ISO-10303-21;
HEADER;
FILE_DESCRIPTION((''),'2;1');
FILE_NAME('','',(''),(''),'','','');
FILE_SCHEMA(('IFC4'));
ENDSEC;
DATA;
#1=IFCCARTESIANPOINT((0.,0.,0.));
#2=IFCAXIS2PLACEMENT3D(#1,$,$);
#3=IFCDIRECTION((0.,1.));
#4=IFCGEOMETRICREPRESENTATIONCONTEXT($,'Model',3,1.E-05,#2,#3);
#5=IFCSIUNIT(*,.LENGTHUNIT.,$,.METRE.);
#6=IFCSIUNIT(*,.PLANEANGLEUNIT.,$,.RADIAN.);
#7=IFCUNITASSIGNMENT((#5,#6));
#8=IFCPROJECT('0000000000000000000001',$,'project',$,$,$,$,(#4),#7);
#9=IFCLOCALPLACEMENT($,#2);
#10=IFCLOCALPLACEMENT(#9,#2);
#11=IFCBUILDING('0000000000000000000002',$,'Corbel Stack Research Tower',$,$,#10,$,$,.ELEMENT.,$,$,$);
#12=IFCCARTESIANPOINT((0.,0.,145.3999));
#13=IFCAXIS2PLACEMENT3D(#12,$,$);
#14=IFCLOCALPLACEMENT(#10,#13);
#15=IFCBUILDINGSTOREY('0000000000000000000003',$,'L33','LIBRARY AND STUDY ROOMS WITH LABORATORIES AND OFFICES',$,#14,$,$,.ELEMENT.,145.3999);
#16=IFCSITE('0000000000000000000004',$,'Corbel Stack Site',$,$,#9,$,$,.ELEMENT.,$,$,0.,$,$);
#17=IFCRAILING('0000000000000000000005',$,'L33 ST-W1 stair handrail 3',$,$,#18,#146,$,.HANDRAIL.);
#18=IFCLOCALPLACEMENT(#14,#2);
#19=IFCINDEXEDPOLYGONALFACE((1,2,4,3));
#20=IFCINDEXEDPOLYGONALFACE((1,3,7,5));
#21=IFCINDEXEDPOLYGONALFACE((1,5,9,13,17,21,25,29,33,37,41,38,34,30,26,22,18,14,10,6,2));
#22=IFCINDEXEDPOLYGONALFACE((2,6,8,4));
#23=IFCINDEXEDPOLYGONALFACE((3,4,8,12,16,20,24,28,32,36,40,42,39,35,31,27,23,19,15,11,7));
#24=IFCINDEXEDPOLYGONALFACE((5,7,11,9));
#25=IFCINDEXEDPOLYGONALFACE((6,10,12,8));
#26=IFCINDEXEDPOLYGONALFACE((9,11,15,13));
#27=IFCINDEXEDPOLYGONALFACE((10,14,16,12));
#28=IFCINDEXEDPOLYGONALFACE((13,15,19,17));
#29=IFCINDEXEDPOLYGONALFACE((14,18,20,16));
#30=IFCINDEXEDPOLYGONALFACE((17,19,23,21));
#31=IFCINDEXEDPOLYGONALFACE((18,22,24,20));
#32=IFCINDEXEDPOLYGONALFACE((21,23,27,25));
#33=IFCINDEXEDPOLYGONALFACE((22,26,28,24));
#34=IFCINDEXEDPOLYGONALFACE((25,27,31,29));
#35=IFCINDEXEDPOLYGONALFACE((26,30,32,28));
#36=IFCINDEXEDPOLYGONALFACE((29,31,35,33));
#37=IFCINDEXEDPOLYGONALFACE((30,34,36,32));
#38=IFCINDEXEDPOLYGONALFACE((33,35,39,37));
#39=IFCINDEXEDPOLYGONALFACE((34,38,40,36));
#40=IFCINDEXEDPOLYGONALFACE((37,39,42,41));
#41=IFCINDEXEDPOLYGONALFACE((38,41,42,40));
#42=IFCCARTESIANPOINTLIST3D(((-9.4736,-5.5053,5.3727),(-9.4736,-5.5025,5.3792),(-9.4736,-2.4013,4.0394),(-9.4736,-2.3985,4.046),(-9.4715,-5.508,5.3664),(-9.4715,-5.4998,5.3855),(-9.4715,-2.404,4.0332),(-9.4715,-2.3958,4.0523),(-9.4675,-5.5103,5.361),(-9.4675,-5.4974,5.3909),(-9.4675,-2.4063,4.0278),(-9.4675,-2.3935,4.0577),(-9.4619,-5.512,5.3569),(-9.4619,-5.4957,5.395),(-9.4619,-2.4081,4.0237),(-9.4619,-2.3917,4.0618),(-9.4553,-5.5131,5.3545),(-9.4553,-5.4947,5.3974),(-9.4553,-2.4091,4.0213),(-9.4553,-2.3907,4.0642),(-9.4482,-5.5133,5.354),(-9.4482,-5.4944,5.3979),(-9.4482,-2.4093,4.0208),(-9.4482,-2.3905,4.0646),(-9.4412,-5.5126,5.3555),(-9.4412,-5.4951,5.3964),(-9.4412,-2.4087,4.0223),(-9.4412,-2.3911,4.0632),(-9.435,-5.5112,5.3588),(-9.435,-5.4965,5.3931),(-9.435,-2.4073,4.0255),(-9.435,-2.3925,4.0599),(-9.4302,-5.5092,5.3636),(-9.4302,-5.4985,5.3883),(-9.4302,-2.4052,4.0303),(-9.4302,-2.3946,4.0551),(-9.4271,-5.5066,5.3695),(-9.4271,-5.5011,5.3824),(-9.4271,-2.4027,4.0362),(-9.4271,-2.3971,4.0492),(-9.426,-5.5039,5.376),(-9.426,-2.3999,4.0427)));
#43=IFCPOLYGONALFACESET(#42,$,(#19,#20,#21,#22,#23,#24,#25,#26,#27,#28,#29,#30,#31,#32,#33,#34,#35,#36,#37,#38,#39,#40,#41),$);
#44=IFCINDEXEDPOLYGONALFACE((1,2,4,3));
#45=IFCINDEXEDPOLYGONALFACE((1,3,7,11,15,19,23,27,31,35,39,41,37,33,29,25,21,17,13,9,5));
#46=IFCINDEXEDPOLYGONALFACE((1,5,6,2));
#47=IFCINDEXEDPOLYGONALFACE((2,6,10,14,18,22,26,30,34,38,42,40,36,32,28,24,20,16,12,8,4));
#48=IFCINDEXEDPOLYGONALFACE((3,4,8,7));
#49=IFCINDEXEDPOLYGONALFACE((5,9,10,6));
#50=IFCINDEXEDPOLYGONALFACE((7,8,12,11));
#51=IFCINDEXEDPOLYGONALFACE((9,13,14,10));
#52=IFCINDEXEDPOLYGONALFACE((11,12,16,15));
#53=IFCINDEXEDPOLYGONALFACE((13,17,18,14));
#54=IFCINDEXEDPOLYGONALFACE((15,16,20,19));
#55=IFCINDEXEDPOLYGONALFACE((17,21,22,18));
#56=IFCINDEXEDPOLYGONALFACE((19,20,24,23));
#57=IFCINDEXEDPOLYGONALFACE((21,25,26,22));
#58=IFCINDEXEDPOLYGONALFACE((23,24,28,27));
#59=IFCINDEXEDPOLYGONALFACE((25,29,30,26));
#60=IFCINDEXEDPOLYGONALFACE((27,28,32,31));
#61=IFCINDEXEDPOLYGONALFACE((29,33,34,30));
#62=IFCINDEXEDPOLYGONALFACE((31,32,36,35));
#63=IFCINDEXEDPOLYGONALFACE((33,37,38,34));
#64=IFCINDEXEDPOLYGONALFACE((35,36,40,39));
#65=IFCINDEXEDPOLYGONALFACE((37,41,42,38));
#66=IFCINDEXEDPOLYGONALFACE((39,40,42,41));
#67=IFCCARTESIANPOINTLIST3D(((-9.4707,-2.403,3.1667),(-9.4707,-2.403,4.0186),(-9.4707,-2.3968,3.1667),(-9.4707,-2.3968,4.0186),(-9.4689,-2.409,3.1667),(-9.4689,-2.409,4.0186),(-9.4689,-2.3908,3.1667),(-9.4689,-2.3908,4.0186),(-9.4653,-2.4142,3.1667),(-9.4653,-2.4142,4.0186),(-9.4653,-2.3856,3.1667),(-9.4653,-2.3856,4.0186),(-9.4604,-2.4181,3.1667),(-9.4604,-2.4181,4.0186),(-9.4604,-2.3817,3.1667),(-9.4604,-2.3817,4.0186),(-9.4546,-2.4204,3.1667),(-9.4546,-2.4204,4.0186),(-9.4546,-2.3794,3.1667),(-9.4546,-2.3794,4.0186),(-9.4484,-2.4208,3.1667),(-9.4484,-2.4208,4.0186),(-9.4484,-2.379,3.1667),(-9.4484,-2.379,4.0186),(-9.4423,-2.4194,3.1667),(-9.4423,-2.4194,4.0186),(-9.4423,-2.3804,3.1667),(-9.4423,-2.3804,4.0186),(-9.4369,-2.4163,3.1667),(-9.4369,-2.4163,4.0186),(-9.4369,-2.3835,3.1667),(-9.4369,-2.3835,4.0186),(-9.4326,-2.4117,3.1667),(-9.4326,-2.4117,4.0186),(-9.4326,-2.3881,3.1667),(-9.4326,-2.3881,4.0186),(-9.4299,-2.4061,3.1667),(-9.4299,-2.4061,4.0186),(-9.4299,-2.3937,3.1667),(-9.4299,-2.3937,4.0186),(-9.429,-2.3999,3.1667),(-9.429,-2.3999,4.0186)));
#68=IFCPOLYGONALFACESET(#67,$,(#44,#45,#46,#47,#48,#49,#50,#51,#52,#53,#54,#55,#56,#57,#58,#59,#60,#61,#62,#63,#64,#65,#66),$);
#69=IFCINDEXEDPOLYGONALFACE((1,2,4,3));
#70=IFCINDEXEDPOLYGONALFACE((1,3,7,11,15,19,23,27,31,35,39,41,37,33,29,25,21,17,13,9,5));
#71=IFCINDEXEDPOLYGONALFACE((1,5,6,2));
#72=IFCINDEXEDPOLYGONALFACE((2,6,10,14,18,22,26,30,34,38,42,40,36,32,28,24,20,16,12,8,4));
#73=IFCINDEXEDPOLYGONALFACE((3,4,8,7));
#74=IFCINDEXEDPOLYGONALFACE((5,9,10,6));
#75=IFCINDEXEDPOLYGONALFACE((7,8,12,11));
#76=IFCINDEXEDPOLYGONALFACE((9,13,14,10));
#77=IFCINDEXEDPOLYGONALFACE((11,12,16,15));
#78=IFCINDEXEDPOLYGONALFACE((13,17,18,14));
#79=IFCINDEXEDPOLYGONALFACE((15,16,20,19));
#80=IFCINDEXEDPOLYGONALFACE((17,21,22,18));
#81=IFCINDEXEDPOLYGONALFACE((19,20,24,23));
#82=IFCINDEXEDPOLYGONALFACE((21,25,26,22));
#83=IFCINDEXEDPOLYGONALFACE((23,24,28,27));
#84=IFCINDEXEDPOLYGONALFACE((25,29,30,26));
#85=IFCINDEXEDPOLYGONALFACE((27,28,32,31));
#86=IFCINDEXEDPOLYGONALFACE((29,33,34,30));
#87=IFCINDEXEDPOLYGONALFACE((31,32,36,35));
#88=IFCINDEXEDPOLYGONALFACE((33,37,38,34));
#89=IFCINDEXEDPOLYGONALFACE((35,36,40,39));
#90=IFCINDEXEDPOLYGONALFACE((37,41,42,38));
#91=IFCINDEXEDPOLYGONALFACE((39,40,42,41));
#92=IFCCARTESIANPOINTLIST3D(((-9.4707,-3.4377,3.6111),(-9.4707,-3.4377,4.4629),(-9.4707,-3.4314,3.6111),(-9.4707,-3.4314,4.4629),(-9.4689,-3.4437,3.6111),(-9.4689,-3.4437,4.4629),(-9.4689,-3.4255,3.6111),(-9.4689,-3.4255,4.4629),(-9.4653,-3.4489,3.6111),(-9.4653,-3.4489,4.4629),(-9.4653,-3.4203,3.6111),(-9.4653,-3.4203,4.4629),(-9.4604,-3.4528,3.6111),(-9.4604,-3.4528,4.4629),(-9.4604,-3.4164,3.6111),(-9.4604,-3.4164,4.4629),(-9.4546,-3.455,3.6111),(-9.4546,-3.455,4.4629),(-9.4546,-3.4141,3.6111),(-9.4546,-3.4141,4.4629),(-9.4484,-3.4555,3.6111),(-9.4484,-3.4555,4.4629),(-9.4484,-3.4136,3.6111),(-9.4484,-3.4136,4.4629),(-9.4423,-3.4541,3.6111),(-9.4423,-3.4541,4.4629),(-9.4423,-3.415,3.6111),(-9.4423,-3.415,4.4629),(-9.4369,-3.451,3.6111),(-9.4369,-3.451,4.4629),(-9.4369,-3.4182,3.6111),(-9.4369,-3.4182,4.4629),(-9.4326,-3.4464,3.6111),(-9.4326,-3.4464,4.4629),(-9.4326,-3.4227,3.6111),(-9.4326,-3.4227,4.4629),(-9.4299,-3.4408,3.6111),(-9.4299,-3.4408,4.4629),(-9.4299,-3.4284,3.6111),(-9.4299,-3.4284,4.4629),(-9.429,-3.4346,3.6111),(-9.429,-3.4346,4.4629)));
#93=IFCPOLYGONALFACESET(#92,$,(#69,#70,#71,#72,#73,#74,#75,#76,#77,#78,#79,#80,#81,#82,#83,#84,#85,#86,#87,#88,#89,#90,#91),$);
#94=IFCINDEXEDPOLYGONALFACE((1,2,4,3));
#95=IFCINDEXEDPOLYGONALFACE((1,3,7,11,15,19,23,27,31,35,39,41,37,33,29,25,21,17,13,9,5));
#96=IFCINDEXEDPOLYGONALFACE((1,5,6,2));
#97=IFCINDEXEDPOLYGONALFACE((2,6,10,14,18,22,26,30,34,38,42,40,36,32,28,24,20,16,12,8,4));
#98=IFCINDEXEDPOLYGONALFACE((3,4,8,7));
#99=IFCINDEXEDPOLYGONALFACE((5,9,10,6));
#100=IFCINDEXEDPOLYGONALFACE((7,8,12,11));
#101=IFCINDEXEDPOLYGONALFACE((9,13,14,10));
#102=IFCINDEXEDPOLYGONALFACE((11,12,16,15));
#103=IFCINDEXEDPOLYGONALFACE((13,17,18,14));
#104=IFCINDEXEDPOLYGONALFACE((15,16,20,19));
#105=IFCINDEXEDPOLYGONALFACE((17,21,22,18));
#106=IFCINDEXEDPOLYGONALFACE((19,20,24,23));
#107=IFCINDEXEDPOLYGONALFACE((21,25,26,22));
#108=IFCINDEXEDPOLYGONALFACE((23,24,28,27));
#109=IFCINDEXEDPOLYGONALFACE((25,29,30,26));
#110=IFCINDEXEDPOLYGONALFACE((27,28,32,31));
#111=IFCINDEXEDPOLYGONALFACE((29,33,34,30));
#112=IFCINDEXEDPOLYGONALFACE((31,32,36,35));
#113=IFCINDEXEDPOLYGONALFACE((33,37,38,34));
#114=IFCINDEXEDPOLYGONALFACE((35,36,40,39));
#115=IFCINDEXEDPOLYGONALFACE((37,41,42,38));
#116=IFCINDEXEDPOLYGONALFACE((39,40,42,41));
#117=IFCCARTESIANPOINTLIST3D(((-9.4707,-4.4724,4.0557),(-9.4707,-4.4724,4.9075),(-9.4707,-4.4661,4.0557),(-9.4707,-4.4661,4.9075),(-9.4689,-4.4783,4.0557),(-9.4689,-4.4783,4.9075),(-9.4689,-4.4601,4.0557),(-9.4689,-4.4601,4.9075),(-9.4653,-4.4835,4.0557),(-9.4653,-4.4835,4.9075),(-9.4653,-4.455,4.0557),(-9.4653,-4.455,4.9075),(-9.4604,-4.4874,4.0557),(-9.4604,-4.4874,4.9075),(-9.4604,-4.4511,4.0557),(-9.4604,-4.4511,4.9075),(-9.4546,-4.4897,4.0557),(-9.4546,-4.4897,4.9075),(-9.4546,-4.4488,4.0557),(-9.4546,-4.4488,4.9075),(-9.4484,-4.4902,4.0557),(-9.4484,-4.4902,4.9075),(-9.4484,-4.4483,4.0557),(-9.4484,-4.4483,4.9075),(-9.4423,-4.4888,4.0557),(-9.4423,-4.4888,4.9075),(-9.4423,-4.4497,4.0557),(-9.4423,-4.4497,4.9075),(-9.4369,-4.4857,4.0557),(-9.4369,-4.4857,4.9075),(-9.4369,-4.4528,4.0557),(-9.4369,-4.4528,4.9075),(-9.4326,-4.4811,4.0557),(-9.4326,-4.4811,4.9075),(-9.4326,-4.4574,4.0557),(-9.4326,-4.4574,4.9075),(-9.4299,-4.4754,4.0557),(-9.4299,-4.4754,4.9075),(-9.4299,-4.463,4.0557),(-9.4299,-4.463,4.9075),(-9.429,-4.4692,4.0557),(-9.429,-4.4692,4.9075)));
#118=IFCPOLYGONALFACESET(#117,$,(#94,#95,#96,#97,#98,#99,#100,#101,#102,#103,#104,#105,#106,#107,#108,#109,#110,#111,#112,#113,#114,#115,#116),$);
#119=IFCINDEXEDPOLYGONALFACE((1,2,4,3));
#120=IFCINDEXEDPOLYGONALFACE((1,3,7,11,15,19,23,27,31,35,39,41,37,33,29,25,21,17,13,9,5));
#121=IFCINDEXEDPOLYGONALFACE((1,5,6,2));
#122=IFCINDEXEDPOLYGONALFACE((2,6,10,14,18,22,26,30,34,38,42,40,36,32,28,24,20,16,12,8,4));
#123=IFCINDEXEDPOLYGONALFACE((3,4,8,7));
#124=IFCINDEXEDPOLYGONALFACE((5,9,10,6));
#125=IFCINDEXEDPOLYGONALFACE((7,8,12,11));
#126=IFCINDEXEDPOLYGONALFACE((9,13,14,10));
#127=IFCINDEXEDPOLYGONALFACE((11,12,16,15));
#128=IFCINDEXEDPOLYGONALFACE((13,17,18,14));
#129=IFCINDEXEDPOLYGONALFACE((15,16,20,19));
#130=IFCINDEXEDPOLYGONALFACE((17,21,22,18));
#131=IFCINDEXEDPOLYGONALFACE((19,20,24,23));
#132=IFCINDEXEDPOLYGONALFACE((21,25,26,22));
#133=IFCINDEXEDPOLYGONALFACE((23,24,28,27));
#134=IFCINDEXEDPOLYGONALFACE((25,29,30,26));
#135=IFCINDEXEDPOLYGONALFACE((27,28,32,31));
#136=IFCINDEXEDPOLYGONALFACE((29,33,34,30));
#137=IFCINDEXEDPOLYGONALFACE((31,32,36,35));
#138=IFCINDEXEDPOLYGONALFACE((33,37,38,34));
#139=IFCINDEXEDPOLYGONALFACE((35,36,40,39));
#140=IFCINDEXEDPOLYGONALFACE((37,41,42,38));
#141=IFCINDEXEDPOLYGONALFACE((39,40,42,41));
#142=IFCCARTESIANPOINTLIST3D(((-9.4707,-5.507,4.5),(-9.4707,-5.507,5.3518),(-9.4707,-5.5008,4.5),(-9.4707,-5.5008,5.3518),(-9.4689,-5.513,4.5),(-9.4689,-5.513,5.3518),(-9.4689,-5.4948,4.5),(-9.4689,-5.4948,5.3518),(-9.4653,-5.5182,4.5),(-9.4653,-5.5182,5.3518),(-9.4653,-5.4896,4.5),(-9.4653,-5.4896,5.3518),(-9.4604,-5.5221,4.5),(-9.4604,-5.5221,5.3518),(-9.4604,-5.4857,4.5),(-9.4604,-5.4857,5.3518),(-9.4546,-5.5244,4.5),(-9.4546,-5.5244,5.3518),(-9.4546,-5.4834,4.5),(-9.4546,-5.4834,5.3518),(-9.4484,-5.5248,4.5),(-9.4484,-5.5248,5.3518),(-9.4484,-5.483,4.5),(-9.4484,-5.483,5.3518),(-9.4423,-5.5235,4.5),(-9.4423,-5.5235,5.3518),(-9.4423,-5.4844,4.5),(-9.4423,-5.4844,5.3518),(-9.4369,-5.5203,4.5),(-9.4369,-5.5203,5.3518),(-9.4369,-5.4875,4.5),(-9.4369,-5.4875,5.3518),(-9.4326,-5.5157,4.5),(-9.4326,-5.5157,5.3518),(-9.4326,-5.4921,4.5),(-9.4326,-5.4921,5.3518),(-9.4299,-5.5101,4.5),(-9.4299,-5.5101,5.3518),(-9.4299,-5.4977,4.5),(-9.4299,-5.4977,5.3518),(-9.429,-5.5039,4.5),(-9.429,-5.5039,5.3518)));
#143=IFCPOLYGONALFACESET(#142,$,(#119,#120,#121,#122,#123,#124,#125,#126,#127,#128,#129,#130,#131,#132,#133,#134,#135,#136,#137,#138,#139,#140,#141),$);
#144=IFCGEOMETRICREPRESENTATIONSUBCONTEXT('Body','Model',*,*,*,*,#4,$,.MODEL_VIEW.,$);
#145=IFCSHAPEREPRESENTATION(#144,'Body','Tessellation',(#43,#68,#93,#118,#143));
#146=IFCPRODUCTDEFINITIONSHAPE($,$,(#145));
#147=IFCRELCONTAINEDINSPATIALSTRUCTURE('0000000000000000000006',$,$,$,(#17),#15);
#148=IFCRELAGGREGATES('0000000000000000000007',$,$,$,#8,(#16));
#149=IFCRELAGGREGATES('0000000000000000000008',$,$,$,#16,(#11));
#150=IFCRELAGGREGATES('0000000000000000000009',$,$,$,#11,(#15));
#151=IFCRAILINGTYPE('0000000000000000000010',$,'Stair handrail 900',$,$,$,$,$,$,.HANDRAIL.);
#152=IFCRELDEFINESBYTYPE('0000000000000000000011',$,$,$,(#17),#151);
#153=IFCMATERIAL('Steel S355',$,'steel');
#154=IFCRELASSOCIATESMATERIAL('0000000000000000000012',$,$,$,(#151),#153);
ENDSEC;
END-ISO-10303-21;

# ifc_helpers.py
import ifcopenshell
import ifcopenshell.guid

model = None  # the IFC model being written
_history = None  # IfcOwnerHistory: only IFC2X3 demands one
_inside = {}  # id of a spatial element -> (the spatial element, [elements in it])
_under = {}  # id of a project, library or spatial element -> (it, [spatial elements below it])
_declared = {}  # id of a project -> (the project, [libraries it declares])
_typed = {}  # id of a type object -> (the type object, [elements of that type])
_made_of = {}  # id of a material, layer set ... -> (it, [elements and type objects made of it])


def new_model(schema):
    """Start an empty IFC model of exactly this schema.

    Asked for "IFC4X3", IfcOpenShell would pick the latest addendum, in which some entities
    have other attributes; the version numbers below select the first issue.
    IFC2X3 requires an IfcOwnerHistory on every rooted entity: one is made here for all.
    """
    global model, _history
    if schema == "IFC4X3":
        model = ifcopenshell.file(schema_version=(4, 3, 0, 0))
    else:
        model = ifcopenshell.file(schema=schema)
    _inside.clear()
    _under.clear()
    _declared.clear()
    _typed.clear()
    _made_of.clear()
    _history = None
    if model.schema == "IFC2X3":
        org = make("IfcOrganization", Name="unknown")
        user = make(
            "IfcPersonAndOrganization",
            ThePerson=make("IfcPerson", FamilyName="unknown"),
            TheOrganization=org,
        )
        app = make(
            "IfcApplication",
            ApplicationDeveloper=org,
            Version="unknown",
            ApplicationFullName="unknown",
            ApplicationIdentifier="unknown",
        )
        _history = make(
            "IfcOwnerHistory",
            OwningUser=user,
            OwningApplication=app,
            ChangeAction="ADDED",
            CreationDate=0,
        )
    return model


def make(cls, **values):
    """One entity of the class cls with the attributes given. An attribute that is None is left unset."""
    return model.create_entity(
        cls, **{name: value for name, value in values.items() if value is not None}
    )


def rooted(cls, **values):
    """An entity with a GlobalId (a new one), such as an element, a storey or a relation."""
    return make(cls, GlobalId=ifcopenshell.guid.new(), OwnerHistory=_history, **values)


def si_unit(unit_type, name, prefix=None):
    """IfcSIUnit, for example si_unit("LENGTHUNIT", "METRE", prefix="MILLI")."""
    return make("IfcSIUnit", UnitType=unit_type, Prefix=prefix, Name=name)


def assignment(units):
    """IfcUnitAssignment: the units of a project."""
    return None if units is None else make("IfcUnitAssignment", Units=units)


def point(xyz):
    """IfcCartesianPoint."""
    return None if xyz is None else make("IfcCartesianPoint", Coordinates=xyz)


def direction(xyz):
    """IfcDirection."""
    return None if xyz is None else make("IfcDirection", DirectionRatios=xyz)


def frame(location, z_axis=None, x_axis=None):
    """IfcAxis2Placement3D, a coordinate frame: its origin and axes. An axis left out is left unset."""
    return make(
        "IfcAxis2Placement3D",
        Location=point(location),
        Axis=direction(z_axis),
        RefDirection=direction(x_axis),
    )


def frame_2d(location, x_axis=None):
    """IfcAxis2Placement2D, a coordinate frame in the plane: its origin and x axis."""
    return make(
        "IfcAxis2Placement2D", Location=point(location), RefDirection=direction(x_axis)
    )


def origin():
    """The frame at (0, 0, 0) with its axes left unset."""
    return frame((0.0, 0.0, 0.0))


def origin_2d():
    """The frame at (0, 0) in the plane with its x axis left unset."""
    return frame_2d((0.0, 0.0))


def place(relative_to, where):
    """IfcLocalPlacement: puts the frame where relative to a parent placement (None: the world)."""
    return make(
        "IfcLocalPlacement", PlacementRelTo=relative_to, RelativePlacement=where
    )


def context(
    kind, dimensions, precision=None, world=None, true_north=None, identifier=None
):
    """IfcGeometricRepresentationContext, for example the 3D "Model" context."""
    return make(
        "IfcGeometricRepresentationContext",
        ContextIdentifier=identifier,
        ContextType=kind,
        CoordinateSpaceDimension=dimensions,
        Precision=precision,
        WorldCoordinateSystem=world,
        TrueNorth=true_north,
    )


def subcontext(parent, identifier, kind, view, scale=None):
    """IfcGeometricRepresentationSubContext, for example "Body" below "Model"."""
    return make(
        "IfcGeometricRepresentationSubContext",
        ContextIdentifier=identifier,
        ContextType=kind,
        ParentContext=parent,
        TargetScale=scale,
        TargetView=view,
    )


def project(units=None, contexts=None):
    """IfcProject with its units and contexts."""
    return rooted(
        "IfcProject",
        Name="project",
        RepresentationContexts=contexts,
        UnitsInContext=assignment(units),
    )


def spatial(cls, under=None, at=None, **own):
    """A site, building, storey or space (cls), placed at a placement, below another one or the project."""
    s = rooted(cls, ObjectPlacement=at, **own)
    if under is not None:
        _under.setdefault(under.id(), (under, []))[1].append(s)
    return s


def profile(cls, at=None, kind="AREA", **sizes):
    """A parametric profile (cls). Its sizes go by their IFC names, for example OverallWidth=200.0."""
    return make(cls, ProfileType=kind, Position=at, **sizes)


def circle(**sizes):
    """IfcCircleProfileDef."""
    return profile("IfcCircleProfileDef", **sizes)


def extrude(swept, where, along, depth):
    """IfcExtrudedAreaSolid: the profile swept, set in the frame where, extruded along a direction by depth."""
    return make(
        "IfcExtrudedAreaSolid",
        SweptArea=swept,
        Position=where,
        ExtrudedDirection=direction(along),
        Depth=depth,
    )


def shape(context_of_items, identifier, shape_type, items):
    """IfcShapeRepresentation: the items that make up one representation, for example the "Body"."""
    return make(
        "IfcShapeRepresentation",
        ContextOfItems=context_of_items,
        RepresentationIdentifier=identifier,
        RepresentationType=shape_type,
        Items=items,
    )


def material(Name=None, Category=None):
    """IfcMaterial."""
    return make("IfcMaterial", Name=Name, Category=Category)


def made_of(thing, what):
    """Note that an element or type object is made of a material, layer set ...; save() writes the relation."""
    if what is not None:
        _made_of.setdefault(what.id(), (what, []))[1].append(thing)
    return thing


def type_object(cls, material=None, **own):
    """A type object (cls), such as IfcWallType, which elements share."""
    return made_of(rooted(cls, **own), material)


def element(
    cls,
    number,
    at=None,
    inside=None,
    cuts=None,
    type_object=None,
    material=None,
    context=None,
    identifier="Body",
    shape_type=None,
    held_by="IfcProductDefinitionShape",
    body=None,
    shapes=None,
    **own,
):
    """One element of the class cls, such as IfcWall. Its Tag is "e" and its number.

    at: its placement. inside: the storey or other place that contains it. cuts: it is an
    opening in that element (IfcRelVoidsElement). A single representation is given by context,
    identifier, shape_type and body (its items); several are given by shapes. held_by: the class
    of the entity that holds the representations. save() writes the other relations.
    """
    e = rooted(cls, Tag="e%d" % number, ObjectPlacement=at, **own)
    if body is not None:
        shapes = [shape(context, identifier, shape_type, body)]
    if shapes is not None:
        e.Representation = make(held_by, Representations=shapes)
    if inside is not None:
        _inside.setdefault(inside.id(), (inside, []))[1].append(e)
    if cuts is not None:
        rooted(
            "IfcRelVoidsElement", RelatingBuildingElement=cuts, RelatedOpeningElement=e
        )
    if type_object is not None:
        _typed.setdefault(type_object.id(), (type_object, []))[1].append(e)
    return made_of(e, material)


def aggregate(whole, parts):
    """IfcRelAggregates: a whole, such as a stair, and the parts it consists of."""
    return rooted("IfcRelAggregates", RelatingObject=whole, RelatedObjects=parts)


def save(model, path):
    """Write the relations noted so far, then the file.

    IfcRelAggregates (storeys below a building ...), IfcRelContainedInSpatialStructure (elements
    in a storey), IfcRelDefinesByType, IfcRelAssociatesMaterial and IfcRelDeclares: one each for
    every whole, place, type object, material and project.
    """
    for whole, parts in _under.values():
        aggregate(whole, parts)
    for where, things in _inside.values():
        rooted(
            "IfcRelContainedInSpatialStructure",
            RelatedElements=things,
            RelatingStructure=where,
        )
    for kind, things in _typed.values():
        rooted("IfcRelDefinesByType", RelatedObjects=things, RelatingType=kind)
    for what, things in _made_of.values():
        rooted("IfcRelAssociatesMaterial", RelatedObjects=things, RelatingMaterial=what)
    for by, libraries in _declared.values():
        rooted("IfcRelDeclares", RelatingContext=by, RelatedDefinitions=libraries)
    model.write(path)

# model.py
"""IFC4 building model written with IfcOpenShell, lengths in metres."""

from ifc_helpers import new_model, si_unit, direction, frame, origin, origin_2d, place, context, subcontext, project, spatial, circle, extrude, material, type_object, element, save


model = new_model("IFC4")

# Units and contexts
model_context = context("Model", 3, precision=1e-05, world=origin(), true_north=direction((0.0, 1.0)))
body_context = subcontext(model_context, "Body", "Model", "MODEL_VIEW")
ifc_project = project(units=[si_unit("LENGTHUNIT", "METRE"), si_unit("PLANEANGLEUNIT", "RADIAN")], contexts=[model_context])

# Site, building, storey
site_placement = place(None, origin())
site = spatial("IfcSite", under=ifc_project, at=site_placement, Name="Corbel Stack Site", CompositionType="ELEMENT", RefElevation=0.0)
building_placement = place(site_placement, origin())
building = spatial("IfcBuilding", under=site, at=building_placement, Name="Corbel Stack Research Tower", CompositionType="ELEMENT")
storey_placement = place(building_placement, frame((0.0, 0.0, 145.3999)))
storey = spatial("IfcBuildingStorey", under=building, at=storey_placement, Name="L33", Description="LIBRARY AND STUDY ROOMS WITH LABORATORIES AND OFFICES", CompositionType="ELEMENT", Elevation=145.3999)

# Railing
ifc_material_1 = material(Name="Steel S355", Category="steel")
railing_type_1 = type_object("IfcRailingType", Name="Stair handrail 900", PredefinedType="HANDRAIL", material=ifc_material_1)
railing_1_placement = place(storey_placement, frame((-9.45, -2.3999, 3.1667)))
element("IfcRailing", 1, at=railing_1_placement, inside=storey, type_object=railing_type_1, Name="L33 ST-W1 stair handrail 3", PredefinedType="HANDRAIL", context=body_context, shape_type="SweptSolid", body=[
    extrude(circle(Radius=0.0239, at=origin_2d()), frame((0.0, 0.0, 0.876), z_axis=(0.0, -0.918827, 0.394661), x_axis=(1.0, 0.0, 0.0)), (0.0, 0.0, 1.0), 3.3782),
    extrude(circle(Radius=0.021, at=origin_2d()), origin(), (0.0, 0.0, 1.0), 0.8518),
    extrude(circle(Radius=0.021, at=origin_2d()), frame((0.0, -1.0347, 0.4443)), (0.0, 0.0, 1.0), 0.8518),
    extrude(circle(Radius=0.021, at=origin_2d()), frame((0.0, -2.0693, 0.8889)), (0.0, 0.0, 1.0), 0.8518),
    extrude(circle(Radius=0.021, at=origin_2d()), frame((0.0, -3.104, 1.3333)), (0.0, 0.0, 1.0), 0.8518),
])

save(model, "model.ifc")
